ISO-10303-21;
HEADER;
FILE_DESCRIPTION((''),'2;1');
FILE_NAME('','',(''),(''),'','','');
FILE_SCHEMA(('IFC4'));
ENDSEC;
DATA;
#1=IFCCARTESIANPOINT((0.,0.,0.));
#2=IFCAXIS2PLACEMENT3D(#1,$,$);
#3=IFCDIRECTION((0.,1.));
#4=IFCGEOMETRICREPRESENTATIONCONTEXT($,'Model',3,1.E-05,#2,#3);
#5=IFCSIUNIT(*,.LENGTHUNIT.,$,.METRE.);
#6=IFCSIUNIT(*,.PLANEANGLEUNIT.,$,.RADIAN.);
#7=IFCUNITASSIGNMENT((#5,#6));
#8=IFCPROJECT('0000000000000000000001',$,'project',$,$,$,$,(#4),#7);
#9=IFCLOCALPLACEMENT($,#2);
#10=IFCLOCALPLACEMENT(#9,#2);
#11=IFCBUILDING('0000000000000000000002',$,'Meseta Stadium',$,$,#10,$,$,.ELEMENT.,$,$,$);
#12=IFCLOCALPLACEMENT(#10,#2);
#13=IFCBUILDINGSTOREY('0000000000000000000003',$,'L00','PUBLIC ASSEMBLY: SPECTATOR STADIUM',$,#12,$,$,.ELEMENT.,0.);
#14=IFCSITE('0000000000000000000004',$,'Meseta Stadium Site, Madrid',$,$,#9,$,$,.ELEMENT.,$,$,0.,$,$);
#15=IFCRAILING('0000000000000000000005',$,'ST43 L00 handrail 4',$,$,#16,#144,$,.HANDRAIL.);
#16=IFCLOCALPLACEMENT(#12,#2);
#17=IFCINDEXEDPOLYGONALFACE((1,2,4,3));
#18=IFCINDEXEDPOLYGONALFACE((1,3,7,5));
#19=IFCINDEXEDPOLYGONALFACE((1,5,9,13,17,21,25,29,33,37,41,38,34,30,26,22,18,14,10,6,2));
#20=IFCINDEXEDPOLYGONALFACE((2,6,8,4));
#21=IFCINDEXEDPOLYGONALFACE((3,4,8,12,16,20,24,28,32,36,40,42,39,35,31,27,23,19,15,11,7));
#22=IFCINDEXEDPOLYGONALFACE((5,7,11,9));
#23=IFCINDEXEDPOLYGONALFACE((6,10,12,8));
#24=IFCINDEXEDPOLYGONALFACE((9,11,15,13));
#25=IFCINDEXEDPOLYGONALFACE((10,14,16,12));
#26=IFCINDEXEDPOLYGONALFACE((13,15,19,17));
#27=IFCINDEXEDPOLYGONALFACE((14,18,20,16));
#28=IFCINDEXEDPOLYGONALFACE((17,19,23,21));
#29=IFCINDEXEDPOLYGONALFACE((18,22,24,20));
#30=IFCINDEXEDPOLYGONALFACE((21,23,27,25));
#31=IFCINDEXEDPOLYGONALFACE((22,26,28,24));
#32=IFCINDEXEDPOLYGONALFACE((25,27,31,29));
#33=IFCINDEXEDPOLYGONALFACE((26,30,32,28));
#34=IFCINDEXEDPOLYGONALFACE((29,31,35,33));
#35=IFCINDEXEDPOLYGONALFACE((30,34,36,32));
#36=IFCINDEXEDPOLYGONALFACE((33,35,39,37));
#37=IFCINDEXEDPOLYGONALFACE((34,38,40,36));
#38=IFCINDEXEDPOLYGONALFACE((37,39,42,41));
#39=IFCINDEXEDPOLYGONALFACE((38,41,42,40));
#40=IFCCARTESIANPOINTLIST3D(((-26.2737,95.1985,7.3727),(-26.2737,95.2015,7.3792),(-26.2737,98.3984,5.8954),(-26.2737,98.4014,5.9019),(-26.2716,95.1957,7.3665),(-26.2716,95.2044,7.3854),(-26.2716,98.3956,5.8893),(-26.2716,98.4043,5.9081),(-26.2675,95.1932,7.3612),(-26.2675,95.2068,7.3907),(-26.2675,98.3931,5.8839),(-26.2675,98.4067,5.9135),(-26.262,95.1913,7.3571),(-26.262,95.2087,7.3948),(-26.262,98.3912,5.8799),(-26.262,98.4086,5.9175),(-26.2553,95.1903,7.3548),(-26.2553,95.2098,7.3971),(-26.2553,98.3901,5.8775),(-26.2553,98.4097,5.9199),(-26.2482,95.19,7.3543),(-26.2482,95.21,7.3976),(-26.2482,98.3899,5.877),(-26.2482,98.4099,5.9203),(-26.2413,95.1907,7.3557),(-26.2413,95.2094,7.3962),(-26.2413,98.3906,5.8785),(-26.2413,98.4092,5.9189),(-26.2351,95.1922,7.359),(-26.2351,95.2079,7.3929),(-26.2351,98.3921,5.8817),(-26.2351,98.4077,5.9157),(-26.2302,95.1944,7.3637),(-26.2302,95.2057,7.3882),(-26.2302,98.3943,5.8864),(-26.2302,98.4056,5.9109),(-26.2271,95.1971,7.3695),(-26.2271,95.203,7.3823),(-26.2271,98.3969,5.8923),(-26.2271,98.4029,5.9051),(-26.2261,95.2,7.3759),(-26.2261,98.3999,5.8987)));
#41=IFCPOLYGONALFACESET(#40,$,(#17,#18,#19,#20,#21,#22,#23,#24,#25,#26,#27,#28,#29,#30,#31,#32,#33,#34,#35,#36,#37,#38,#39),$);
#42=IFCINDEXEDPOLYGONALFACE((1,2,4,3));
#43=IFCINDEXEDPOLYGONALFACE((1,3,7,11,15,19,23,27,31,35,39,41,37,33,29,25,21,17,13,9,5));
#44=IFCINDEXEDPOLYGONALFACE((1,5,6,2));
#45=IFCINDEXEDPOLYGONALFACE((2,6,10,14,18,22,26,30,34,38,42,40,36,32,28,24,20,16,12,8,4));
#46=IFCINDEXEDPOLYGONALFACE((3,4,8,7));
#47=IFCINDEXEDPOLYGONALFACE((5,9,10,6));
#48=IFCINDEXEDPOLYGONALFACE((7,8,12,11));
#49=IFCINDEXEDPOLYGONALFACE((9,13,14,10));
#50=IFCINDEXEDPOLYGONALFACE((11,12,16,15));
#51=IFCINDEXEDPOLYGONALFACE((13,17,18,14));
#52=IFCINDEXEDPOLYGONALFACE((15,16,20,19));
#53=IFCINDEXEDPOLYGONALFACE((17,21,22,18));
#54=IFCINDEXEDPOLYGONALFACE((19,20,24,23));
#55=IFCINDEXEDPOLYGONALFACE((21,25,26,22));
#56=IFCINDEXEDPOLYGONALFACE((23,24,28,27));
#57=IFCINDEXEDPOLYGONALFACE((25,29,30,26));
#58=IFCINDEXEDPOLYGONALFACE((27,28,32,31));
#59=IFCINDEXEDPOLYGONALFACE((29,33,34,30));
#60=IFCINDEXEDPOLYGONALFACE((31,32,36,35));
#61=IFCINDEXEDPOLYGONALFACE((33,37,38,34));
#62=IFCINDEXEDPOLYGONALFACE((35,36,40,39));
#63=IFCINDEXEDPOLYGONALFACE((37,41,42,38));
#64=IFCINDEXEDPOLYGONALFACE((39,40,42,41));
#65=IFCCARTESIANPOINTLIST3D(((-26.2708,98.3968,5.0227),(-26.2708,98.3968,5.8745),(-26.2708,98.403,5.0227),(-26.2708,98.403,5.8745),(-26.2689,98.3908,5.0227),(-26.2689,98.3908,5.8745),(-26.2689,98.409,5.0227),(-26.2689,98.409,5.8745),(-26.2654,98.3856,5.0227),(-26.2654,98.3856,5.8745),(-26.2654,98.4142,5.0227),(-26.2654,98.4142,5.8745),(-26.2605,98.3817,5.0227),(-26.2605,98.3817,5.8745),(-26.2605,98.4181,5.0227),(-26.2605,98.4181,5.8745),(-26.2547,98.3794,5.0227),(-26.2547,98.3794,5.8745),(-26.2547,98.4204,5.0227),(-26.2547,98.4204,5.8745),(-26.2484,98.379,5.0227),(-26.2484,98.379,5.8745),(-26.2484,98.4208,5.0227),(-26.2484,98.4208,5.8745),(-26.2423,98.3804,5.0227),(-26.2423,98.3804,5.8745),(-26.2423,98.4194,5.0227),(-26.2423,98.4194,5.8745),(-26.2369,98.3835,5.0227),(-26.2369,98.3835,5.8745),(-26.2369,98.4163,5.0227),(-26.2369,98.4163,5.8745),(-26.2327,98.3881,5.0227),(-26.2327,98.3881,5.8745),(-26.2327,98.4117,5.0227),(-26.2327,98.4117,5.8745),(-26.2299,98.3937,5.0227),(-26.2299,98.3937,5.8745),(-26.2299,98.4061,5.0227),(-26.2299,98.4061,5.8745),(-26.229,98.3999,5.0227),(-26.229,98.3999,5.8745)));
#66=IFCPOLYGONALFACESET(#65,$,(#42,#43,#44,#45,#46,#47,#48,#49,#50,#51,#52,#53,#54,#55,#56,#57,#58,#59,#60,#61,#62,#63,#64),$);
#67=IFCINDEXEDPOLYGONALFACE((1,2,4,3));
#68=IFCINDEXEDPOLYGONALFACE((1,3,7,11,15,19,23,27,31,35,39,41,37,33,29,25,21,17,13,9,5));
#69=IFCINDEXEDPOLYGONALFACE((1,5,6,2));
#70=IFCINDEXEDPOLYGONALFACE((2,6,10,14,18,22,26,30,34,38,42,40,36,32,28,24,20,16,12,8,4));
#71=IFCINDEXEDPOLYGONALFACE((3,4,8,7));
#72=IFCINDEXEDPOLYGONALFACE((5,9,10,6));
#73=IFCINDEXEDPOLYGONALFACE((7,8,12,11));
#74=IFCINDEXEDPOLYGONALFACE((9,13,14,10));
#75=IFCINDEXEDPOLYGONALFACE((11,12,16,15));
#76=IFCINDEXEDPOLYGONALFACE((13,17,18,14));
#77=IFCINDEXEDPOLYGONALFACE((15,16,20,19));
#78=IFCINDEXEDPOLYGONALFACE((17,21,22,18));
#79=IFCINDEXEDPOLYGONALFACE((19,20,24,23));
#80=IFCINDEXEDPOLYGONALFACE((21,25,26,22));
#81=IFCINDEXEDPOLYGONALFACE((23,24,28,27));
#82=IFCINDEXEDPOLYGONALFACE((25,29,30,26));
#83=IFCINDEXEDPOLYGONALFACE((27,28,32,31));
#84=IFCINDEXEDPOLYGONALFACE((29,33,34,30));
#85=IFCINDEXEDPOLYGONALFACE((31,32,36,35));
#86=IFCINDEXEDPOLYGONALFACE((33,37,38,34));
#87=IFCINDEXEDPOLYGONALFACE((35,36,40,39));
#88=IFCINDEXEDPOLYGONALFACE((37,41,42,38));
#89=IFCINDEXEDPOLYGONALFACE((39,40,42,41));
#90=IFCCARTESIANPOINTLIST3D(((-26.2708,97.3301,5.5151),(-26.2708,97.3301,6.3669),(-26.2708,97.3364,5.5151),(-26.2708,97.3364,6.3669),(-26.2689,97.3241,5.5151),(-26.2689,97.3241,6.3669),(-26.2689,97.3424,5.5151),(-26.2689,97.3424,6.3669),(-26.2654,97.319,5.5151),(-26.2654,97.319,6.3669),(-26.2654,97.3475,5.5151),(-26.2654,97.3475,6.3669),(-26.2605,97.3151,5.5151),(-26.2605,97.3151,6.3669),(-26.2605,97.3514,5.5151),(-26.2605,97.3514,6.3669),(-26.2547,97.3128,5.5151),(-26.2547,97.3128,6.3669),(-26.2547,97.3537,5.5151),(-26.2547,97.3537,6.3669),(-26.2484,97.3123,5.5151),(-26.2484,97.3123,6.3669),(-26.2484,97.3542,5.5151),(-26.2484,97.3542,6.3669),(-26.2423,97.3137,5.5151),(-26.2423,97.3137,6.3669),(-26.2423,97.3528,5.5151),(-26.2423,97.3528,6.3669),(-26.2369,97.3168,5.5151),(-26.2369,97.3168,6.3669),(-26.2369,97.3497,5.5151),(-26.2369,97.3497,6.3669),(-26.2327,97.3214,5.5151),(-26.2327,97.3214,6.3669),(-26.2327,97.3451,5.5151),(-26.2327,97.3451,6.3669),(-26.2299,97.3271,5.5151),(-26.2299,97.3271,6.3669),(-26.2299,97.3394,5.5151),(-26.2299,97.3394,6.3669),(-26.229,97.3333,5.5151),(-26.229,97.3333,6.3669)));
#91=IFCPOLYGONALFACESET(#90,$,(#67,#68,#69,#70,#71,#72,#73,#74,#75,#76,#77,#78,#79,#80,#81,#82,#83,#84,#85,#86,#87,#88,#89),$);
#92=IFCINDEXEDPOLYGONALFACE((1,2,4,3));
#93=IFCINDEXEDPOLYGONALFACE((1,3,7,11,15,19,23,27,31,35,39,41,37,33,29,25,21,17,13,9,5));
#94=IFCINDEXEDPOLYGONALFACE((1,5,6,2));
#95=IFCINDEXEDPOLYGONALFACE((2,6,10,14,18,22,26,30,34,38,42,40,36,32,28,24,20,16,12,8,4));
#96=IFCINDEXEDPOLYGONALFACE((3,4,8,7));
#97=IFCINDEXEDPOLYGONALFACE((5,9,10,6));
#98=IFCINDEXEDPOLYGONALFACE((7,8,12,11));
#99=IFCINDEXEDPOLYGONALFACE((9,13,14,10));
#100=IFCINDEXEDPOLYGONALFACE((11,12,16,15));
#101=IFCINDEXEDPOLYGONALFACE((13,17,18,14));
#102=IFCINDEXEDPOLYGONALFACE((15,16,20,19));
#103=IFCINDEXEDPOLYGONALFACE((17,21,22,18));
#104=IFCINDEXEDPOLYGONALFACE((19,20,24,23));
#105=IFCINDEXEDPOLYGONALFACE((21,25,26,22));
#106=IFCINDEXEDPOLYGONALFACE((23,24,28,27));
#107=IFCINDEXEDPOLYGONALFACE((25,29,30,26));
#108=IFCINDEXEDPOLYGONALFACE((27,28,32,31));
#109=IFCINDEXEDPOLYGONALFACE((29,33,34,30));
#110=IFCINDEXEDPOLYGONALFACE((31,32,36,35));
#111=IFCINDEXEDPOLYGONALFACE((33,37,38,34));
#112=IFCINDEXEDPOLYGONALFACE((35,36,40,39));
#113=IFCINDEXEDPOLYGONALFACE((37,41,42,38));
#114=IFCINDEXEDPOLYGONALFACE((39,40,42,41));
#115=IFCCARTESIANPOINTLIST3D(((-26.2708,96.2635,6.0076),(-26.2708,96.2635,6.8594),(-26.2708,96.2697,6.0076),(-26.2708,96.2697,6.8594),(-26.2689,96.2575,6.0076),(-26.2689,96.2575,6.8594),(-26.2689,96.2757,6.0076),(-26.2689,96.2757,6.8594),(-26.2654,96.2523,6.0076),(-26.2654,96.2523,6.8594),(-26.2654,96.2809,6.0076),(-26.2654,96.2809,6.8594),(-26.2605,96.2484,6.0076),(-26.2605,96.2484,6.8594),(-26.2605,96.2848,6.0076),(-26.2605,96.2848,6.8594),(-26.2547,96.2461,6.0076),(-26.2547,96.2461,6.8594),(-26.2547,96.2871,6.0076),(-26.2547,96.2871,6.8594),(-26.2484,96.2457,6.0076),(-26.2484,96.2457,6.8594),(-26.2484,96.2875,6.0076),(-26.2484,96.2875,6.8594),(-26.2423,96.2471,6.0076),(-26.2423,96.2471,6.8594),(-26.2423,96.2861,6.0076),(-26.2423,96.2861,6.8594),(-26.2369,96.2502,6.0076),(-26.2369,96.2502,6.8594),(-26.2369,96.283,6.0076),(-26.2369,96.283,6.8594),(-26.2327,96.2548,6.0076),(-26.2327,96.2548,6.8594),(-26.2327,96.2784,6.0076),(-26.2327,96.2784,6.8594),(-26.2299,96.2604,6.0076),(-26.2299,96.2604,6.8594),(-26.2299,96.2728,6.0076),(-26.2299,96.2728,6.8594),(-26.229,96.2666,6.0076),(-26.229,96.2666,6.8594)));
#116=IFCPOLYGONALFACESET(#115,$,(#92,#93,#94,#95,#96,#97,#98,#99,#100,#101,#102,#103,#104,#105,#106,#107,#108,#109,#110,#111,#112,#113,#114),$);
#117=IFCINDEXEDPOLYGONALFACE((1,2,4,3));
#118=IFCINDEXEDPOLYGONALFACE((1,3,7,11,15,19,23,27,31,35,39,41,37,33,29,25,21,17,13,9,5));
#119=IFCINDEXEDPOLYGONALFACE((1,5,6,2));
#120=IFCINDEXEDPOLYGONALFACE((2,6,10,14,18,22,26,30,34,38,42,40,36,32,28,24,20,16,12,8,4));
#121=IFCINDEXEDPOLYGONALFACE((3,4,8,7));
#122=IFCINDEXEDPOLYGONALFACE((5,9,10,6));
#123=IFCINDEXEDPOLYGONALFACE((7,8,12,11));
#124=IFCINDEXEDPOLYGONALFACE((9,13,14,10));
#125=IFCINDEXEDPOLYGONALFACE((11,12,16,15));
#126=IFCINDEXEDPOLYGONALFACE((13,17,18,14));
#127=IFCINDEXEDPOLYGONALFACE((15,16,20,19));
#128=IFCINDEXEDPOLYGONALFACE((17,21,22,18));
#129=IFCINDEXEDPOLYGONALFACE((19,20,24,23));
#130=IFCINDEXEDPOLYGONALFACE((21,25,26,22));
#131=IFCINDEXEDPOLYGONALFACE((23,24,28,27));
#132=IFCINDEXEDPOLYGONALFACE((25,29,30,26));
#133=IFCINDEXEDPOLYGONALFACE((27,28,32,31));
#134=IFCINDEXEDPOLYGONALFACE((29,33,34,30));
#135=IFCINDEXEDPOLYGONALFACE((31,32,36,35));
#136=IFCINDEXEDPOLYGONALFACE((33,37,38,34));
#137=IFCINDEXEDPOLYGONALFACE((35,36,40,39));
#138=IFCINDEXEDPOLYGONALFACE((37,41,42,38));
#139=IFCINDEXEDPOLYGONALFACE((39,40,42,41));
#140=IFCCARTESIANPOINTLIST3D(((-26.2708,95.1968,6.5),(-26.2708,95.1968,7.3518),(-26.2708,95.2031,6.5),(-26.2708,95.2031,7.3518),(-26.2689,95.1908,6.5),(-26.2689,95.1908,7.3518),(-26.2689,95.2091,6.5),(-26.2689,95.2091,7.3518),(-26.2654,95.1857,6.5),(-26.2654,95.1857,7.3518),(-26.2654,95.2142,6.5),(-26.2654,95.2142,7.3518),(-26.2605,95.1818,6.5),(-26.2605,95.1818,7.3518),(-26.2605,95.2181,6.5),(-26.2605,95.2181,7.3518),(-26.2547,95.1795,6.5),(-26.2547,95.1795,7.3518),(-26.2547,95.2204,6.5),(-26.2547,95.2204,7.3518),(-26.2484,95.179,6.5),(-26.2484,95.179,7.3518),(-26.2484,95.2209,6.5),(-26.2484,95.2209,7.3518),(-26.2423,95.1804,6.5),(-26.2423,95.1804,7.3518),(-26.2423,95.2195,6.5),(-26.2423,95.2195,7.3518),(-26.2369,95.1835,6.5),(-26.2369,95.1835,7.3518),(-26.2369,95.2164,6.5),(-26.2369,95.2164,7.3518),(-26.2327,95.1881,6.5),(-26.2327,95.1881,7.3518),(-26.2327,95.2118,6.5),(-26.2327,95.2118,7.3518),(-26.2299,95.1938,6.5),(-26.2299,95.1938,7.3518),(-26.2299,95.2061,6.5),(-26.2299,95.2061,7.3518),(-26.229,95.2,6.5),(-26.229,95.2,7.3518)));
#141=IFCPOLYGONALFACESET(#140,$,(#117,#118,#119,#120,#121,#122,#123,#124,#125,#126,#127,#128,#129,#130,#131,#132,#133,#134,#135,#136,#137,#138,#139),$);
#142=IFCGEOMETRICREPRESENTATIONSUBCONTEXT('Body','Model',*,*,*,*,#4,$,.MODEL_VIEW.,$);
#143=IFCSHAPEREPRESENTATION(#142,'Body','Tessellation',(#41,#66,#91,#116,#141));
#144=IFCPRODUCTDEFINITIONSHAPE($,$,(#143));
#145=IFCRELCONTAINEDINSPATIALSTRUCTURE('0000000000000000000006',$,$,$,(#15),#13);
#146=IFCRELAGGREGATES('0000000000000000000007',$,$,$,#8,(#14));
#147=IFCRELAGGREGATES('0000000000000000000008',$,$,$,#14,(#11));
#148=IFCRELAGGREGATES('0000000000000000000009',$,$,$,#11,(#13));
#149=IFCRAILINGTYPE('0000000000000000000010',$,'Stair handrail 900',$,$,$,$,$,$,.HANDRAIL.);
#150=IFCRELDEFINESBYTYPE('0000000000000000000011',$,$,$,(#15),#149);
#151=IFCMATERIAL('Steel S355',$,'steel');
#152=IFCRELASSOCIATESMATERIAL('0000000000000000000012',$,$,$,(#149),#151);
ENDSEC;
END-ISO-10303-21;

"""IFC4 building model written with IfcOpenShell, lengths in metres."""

from ifc_helpers import new_model, si_unit, direction, frame, origin, origin_2d, place, context, subcontext, project, spatial, circle, extrude, material, type_object, element, save


model = new_model("IFC4")

# Units and contexts
model_context = context("Model", 3, precision=1e-05, world=origin(), true_north=direction((0.0, 1.0)))
body_context = subcontext(model_context, "Body", "Model", "MODEL_VIEW")
ifc_project = project(units=[si_unit("LENGTHUNIT", "METRE"), si_unit("PLANEANGLEUNIT", "RADIAN")], contexts=[model_context])

# Site, building, storey
site_placement = place(None, origin())
site = spatial("IfcSite", under=ifc_project, at=site_placement, Name="Meseta Stadium Site, Madrid", CompositionType="ELEMENT", RefElevation=0.0)
building_placement = place(site_placement, origin())
building = spatial("IfcBuilding", under=site, at=building_placement, Name="Meseta Stadium", CompositionType="ELEMENT")
storey_placement = place(building_placement, origin())
storey = spatial("IfcBuildingStorey", under=building, at=storey_placement, Name="L00", Description="PUBLIC ASSEMBLY: SPECTATOR STADIUM", CompositionType="ELEMENT", Elevation=0.0)

# Railing
ifc_material_1 = material(Name="Steel S355", Category="steel")
railing_type_1 = type_object("IfcRailingType", Name="Stair handrail 900", PredefinedType="HANDRAIL", material=ifc_material_1)
railing_1_placement = place(storey_placement, frame((-26.25, 98.3999, 5.0227)))
element("IfcRailing", 1, at=railing_1_placement, inside=storey, type_object=railing_type_1, Name="ST43 L00 handrail 4", PredefinedType="HANDRAIL", context=body_context, shape_type="SweptSolid", body=[
    extrude(circle(Radius=0.0239, at=origin_2d()), frame((0.0, 0.0, 0.876), z_axis=(0.0, -0.907917, 0.41915), x_axis=(1.0, 0.0, 0.0)), (0.0, 0.0, 1.0), 3.5244),
    extrude(circle(Radius=0.021, at=origin_2d()), origin(), (0.0, 0.0, 1.0), 0.8518),
    extrude(circle(Radius=0.021, at=origin_2d()), frame((0.0, -1.0667, 0.4924)), (0.0, 0.0, 1.0), 0.8518),
    extrude(circle(Radius=0.021, at=origin_2d()), frame((0.0, -2.1333, 0.9849)), (0.0, 0.0, 1.0), 0.8518),
    extrude(circle(Radius=0.021, at=origin_2d()), frame((0.0, -3.2, 1.4773)), (0.0, 0.0, 1.0), 0.8518),
])

save(model, "model.ifc")
